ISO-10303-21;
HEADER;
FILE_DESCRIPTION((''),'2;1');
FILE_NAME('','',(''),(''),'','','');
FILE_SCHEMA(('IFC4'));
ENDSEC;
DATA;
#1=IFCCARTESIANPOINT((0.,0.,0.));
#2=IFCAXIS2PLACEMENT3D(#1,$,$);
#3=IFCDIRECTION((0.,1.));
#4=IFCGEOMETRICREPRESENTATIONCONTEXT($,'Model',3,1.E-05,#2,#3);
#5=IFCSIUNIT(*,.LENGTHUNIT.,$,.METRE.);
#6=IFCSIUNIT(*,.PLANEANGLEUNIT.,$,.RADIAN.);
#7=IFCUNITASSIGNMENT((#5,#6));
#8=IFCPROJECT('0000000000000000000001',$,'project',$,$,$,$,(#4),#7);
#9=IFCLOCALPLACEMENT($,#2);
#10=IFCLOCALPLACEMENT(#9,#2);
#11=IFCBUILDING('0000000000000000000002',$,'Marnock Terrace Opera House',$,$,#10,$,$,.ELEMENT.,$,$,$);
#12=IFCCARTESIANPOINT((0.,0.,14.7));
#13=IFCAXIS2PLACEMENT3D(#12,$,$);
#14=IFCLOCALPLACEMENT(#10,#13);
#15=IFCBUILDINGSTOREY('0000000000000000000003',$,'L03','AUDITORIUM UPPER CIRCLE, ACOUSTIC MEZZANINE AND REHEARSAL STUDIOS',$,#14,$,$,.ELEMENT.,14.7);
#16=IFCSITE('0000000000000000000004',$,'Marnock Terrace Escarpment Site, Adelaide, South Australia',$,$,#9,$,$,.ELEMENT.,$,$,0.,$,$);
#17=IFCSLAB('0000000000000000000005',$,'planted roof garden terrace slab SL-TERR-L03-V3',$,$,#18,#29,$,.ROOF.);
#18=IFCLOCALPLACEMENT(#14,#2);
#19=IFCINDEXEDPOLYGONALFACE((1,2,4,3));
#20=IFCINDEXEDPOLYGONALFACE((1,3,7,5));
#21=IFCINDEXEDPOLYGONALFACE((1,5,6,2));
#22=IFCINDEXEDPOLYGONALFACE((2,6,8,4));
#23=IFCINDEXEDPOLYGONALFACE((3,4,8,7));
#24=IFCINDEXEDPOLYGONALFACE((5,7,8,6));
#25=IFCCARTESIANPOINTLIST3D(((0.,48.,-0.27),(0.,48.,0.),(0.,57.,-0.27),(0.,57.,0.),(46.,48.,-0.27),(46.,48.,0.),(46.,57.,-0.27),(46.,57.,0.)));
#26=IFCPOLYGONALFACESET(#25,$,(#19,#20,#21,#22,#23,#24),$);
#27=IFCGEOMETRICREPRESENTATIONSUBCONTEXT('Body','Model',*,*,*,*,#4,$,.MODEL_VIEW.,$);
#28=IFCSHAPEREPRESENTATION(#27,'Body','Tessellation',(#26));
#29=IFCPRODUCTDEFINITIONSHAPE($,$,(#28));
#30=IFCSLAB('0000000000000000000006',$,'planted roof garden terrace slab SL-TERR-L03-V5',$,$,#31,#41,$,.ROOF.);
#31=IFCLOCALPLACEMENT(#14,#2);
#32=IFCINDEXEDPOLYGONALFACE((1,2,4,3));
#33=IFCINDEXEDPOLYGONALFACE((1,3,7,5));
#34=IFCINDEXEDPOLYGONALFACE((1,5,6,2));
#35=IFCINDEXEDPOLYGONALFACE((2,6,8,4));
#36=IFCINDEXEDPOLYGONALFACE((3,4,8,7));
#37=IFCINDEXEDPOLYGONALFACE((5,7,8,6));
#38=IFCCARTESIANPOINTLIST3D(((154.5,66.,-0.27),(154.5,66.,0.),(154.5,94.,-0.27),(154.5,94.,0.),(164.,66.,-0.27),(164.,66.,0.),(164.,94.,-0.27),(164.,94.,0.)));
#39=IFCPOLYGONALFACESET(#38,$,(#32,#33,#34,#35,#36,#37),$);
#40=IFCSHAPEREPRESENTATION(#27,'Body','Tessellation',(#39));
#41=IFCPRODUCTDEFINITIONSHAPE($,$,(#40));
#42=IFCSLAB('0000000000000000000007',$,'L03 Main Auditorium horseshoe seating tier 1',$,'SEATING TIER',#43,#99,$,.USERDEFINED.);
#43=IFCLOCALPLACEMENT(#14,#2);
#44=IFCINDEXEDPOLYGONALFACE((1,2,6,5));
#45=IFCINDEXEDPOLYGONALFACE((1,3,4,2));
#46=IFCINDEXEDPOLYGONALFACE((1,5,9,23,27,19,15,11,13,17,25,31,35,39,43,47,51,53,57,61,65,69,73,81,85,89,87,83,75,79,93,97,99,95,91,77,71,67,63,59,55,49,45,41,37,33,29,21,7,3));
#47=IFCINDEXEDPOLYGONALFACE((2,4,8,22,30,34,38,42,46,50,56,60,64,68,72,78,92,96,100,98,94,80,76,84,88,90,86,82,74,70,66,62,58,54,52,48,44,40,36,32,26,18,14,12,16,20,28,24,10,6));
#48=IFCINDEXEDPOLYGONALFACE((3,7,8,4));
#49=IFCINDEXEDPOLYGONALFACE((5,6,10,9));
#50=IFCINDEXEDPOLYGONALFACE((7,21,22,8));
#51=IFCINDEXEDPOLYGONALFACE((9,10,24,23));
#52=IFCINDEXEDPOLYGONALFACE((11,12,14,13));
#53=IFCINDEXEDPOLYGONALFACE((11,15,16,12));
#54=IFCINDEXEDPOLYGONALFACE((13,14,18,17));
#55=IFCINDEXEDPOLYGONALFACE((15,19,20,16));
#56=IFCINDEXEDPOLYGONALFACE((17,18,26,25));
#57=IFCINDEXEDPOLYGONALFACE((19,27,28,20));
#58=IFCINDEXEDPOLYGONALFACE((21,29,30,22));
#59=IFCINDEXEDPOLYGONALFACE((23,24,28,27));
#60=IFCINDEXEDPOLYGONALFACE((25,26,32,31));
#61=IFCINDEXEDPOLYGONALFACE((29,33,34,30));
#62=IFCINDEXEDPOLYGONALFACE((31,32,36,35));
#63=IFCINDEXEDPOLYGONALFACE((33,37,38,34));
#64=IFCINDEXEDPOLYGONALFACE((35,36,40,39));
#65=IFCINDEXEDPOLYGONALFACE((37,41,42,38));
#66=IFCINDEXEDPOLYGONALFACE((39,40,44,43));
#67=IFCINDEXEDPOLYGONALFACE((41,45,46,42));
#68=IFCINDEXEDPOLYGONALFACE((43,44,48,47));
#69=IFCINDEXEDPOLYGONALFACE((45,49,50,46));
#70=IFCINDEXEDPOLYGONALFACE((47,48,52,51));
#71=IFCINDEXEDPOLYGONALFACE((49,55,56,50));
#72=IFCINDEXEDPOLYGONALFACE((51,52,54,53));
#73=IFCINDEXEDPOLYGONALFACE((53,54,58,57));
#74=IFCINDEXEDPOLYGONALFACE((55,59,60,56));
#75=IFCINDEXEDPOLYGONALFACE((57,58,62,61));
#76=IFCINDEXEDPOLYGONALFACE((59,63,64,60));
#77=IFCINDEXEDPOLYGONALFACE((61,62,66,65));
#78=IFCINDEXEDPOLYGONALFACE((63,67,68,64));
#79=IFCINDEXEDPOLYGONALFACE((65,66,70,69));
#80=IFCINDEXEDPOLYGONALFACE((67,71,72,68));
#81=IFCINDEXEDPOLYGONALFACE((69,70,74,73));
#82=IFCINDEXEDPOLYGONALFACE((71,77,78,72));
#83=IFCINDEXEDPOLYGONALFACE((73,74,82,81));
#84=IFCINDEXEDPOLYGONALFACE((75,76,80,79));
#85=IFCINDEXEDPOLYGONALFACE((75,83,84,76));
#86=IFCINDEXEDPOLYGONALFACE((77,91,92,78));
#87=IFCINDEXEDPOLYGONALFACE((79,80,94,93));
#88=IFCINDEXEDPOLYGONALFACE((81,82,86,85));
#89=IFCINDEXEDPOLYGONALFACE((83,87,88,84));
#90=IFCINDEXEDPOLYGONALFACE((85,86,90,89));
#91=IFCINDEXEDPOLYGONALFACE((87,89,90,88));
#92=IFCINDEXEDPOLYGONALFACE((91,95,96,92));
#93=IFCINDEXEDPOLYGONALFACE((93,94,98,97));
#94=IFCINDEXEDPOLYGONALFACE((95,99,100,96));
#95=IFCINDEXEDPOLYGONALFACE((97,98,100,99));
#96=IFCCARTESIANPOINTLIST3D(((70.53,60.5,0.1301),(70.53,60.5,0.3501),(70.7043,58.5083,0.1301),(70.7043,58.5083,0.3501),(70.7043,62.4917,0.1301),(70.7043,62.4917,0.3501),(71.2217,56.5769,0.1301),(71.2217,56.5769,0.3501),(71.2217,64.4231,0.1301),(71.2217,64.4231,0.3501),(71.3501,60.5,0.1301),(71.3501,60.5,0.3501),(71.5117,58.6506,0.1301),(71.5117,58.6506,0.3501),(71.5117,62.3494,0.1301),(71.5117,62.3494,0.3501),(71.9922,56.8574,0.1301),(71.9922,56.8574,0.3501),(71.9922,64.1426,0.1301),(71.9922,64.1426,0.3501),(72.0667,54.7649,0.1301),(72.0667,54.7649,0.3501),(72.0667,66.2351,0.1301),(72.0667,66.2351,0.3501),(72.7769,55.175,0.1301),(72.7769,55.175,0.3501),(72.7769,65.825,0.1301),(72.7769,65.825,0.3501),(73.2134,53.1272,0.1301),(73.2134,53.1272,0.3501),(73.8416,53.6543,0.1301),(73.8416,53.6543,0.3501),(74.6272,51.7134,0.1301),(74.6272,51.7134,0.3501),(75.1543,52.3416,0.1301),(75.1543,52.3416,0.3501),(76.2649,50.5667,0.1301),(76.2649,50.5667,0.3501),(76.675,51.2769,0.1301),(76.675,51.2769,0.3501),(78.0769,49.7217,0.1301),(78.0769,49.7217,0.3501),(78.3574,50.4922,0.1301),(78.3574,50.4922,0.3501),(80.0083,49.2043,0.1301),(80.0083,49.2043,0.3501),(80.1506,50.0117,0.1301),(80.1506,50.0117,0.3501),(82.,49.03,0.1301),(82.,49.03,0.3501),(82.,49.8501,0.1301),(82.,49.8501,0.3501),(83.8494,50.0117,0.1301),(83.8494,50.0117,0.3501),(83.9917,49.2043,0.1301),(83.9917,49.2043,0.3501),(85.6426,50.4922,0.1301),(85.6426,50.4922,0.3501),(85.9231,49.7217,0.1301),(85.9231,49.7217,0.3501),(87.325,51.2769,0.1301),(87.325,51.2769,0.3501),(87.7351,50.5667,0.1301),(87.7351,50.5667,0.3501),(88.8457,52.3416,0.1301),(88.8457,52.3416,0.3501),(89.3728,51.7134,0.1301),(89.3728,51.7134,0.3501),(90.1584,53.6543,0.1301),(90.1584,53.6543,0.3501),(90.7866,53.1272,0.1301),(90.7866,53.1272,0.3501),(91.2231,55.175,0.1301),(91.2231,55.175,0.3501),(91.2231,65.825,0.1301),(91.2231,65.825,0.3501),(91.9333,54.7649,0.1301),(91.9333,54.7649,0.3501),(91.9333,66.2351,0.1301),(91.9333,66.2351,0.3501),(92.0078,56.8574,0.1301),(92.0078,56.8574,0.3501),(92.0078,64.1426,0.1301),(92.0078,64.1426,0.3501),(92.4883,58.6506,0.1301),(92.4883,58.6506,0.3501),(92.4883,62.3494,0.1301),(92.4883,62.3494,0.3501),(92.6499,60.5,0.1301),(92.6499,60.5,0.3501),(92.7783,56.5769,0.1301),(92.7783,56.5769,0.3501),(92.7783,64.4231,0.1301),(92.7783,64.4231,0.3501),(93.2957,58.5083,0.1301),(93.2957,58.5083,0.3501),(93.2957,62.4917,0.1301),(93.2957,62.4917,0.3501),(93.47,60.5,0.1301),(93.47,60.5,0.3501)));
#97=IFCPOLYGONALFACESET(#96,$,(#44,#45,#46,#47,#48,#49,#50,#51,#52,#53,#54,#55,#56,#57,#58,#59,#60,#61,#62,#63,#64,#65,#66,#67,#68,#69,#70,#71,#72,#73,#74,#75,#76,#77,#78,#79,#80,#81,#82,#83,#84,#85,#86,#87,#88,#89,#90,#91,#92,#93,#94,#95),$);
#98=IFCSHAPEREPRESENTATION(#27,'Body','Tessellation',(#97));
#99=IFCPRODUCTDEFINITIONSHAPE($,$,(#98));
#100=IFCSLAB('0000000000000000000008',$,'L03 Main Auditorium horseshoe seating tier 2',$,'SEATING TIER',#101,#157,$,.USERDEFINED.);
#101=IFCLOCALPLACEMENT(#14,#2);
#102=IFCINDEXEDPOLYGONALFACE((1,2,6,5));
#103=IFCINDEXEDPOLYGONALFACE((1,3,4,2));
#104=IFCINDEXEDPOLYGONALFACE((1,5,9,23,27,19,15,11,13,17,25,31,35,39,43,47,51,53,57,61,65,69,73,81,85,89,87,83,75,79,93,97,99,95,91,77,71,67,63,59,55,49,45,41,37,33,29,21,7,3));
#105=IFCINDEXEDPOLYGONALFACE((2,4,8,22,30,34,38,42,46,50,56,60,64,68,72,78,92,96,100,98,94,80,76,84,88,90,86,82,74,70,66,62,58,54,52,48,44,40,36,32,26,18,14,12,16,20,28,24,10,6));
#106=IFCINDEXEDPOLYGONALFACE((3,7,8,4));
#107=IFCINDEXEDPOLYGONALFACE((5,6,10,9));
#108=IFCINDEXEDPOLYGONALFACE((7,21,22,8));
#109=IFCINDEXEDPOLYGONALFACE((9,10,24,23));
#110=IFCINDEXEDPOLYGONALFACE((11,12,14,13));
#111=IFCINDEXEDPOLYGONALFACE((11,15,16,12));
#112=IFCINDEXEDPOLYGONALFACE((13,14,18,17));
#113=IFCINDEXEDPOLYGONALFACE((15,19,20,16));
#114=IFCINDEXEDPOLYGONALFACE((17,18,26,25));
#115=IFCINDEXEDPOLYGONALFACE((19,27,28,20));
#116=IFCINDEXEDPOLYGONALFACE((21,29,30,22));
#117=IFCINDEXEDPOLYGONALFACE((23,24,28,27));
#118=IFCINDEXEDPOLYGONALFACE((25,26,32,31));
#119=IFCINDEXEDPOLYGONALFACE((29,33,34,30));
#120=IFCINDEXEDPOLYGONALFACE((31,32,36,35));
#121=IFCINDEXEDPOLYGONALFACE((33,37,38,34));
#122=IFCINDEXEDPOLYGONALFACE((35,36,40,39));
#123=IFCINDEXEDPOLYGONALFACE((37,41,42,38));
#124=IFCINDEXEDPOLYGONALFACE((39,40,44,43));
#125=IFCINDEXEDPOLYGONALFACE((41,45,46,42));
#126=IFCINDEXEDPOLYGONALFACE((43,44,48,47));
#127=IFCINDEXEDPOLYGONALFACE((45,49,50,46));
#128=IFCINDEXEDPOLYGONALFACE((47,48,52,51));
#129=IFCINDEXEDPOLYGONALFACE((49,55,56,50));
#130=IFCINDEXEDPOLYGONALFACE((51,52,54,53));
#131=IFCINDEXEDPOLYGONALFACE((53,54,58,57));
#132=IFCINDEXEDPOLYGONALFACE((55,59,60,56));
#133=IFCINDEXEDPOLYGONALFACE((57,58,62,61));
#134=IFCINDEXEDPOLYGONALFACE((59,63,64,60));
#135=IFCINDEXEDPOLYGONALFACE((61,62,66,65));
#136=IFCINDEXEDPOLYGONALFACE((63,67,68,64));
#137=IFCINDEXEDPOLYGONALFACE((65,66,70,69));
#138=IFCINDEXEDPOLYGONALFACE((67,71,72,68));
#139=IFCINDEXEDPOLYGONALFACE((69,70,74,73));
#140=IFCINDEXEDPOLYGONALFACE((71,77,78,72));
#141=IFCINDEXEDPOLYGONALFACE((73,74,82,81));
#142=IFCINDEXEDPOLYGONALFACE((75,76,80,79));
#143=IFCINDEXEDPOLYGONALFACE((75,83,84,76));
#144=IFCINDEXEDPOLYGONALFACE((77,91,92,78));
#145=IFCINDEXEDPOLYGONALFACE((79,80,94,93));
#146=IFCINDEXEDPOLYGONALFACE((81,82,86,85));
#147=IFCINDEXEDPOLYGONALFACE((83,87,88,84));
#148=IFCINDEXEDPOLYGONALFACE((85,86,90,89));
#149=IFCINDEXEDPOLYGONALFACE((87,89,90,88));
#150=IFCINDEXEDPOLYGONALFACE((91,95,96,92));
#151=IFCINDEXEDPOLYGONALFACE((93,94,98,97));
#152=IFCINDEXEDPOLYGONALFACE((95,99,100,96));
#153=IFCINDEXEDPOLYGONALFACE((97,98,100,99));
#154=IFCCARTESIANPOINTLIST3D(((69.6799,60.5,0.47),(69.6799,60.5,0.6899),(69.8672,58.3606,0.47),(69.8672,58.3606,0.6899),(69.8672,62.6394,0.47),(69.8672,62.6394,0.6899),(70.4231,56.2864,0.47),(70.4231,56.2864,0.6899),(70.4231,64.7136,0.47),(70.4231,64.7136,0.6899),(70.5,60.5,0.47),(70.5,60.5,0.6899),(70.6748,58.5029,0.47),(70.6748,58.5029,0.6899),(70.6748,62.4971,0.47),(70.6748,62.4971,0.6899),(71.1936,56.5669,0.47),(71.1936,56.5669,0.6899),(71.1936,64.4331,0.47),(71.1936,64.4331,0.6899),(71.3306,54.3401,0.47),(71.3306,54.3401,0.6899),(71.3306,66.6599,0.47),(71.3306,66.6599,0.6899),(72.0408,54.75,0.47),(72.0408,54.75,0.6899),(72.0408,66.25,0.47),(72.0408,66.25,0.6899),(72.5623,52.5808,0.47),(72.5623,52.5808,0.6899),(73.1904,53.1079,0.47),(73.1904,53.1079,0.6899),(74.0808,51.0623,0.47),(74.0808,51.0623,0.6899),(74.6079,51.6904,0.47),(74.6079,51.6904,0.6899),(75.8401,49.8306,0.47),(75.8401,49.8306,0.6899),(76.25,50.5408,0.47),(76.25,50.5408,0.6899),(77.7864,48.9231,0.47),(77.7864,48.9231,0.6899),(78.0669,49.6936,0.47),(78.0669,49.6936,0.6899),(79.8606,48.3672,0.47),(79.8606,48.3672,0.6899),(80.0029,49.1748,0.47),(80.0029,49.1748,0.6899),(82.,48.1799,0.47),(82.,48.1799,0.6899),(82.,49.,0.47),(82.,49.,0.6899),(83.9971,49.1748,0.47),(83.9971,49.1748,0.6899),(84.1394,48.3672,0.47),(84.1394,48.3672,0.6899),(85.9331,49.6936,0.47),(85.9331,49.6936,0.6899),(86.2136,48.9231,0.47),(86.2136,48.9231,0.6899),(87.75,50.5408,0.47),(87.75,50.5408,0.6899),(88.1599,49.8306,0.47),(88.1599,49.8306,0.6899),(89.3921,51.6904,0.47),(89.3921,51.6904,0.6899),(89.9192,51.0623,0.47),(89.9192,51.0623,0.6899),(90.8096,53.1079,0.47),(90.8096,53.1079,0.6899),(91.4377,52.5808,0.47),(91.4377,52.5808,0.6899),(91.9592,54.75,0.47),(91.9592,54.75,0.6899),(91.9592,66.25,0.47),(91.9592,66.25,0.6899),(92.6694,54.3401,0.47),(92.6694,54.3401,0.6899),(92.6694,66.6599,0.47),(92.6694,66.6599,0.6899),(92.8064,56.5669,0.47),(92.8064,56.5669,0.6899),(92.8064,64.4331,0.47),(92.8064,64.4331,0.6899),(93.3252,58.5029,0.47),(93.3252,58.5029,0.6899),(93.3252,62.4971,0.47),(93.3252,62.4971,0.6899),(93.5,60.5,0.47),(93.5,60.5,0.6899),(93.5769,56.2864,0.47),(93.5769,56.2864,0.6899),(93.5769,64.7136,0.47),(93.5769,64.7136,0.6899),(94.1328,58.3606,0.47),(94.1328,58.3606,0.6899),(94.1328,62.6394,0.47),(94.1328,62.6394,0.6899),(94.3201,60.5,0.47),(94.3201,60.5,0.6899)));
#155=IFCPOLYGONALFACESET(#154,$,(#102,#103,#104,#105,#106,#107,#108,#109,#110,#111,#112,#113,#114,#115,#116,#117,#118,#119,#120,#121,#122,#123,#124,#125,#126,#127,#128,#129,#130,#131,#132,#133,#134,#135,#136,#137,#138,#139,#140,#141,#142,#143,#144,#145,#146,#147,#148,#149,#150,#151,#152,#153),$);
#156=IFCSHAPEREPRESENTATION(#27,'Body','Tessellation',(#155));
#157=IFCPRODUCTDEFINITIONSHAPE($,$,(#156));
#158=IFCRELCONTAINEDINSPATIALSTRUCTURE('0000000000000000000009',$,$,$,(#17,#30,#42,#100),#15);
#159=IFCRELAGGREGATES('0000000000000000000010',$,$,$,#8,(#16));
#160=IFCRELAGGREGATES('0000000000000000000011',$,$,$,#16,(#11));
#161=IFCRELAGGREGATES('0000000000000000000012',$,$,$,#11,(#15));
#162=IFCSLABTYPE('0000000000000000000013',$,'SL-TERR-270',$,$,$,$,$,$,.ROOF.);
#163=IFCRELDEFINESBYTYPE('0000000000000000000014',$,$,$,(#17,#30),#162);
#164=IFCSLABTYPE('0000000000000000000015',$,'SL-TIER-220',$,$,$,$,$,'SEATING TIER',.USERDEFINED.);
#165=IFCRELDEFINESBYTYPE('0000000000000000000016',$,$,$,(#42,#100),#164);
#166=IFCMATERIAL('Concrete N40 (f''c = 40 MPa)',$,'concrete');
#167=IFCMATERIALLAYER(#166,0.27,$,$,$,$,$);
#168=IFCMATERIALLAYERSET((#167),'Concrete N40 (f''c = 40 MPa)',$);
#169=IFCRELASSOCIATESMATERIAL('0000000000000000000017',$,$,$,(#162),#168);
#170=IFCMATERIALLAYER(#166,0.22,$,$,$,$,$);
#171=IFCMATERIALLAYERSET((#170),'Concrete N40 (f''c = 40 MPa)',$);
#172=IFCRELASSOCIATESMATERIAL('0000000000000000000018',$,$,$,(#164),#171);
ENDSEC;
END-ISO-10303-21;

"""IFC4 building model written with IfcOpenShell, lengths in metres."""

from ifc_helpers import new_model, si_unit, direction, frame, origin, place, context, subcontext, project, spatial, polyline, outline, extrude, material, layer, layer_set, type_object, element, save


model = new_model("IFC4")

# Units and contexts
model_context = context("Model", 3, precision=1e-05, world=origin(), true_north=direction((0.0, 1.0)))
body_context = subcontext(model_context, "Body", "Model", "MODEL_VIEW")
ifc_project = project(units=[si_unit("LENGTHUNIT", "METRE"), si_unit("PLANEANGLEUNIT", "RADIAN")], contexts=[model_context])

# Site, building, storey
site_placement = place(None, origin())
site = spatial("IfcSite", under=ifc_project, at=site_placement, Name="Marnock Terrace Escarpment Site, Adelaide, South Australia", CompositionType="ELEMENT", RefElevation=0.0)
building_placement = place(site_placement, origin())
building = spatial("IfcBuilding", under=site, at=building_placement, Name="Marnock Terrace Opera House", CompositionType="ELEMENT")
storey_placement = place(building_placement, frame((0.0, 0.0, 14.7)))
storey = spatial("IfcBuildingStorey", under=building, at=storey_placement, Name="L03", Description="AUDITORIUM UPPER CIRCLE, ACOUSTIC MEZZANINE AND REHEARSAL STUDIOS", CompositionType="ELEMENT", Elevation=14.7)

# Shared definitions
ifc_material_1 = material(Name="Concrete N40 (f'c = 40 MPa)", Category="concrete")

# Slabs
ifc_layer_1 = layer(ifc_material_1, 0.27)
ifc_layer_set_1 = layer_set([ifc_layer_1], Name="Concrete N40 (f'c = 40 MPa)")
slab_type_1 = type_object("IfcSlabType", Name="SL-TERR-270", PredefinedType="ROOF", material=ifc_layer_set_1)
slab_1_placement = place(storey_placement, frame((0.0, 0.0, -0.27)))
element("IfcSlab", 1, at=slab_1_placement, inside=storey, type_object=slab_type_1, Name="planted roof garden terrace slab SL-TERR-L03-V3", PredefinedType="ROOF", context=body_context, shape_type="SweptSolid", body=[
    extrude(outline(polyline([(0.0, 48.0), (46.0, 48.0), (46.0, 57.0), (0.0, 57.0), (0.0, 48.0)])), origin(), (0.0, 0.0, 1.0), 0.27),
])
slab_2_placement = place(storey_placement, frame((0.0, 0.0, -0.27)))
element("IfcSlab", 2, at=slab_2_placement, inside=storey, type_object=slab_type_1, Name="planted roof garden terrace slab SL-TERR-L03-V5", PredefinedType="ROOF", context=body_context, shape_type="SweptSolid", body=[
    extrude(outline(polyline([(154.5, 66.0), (164.0, 66.0), (164.0, 94.0), (154.5, 94.0), (154.5, 66.0)])), origin(), (0.0, 0.0, 1.0), 0.27),
])
ifc_layer_2 = layer(ifc_material_1, 0.22)
ifc_layer_set_2 = layer_set([ifc_layer_2], Name="Concrete N40 (f'c = 40 MPa)")
slab_type_2 = type_object("IfcSlabType", Name="SL-TIER-220", ElementType="SEATING TIER", PredefinedType="USERDEFINED", material=ifc_layer_set_2)
slab_3_placement = place(storey_placement, frame((0.0, 0.0, 0.1301)))
element("IfcSlab", 3, at=slab_3_placement, inside=storey, type_object=slab_type_2, Name="L03 Main Auditorium horseshoe seating tier 1", ObjectType="SEATING TIER", PredefinedType="USERDEFINED", context=body_context, shape_type="SweptSolid", body=[
    extrude(outline(polyline([(72.0667, 66.2351), (71.2217, 64.4231), (70.7043, 62.4917), (70.53, 60.5), (70.7043, 58.5083), (71.2217, 56.5769), (72.0667, 54.7649), (73.2134, 53.1272), (74.6272, 51.7134), (76.2649, 50.5667), (78.0769, 49.7217), (80.0083, 49.2043), (82.0, 49.03), (83.9917, 49.2043), (85.9231, 49.7217), (87.7351, 50.5667), (89.3728, 51.7134), (90.7866, 53.1272), (91.9333, 54.7649), (92.7783, 56.5769), (93.2957, 58.5083), (93.47, 60.5), (93.2957, 62.4917), (92.7783, 64.4231), (91.9333, 66.2351), (91.2231, 65.825), (92.0078, 64.1426), (92.4883, 62.3494), (92.6499, 60.5), (92.4883, 58.6506), (92.0078, 56.8574), (91.2231, 55.175), (90.1584, 53.6543), (88.8457, 52.3416), (87.325, 51.2769), (85.6426, 50.4922), (83.8494, 50.0117), (82.0, 49.8501), (80.1506, 50.0117), (78.3574, 50.4922), (76.675, 51.2769), (75.1543, 52.3416), (73.8416, 53.6543), (72.7769, 55.175), (71.9922, 56.8574), (71.5117, 58.6506), (71.3501, 60.5), (71.5117, 62.3494), (71.9922, 64.1426), (72.7769, 65.825), (72.0667, 66.2351)])), origin(), (0.0, 0.0, 1.0), 0.22),
])
slab_4_placement = place(storey_placement, frame((0.0, 0.0, 0.47)))
element("IfcSlab", 4, at=slab_4_placement, inside=storey, type_object=slab_type_2, Name="L03 Main Auditorium horseshoe seating tier 2", ObjectType="SEATING TIER", PredefinedType="USERDEFINED", context=body_context, shape_type="SweptSolid", body=[
    extrude(outline(polyline([(71.3306, 66.6599), (70.4231, 64.7136), (69.8672, 62.6394), (69.6799, 60.5), (69.8672, 58.3606), (70.4231, 56.2864), (71.3306, 54.3401), (72.5623, 52.5808), (74.0808, 51.0623), (75.8401, 49.8306), (77.7864, 48.9231), (79.8606, 48.3672), (82.0, 48.1799), (84.1394, 48.3672), (86.2136, 48.9231), (88.1599, 49.8306), (89.9192, 51.0623), (91.4377, 52.5808), (92.6694, 54.3401), (93.5769, 56.2864), (94.1328, 58.3606), (94.3201, 60.5), (94.1328, 62.6394), (93.5769, 64.7136), (92.6694, 66.6599), (91.9592, 66.25), (92.8064, 64.4331), (93.3252, 62.4971), (93.5, 60.5), (93.3252, 58.5029), (92.8064, 56.5669), (91.9592, 54.75), (90.8096, 53.1079), (89.3921, 51.6904), (87.75, 50.5408), (85.9331, 49.6936), (83.9971, 49.1748), (82.0, 49.0), (80.0029, 49.1748), (78.0669, 49.6936), (76.25, 50.5408), (74.6079, 51.6904), (73.1904, 53.1079), (72.0408, 54.75), (71.1936, 56.5669), (70.6748, 58.5029), (70.5, 60.5), (70.6748, 62.4971), (71.1936, 64.4331), (72.0408, 66.25), (71.3306, 66.6599)])), origin(), (0.0, 0.0, 1.0), 0.22),
])

save(model, "model.ifc")
